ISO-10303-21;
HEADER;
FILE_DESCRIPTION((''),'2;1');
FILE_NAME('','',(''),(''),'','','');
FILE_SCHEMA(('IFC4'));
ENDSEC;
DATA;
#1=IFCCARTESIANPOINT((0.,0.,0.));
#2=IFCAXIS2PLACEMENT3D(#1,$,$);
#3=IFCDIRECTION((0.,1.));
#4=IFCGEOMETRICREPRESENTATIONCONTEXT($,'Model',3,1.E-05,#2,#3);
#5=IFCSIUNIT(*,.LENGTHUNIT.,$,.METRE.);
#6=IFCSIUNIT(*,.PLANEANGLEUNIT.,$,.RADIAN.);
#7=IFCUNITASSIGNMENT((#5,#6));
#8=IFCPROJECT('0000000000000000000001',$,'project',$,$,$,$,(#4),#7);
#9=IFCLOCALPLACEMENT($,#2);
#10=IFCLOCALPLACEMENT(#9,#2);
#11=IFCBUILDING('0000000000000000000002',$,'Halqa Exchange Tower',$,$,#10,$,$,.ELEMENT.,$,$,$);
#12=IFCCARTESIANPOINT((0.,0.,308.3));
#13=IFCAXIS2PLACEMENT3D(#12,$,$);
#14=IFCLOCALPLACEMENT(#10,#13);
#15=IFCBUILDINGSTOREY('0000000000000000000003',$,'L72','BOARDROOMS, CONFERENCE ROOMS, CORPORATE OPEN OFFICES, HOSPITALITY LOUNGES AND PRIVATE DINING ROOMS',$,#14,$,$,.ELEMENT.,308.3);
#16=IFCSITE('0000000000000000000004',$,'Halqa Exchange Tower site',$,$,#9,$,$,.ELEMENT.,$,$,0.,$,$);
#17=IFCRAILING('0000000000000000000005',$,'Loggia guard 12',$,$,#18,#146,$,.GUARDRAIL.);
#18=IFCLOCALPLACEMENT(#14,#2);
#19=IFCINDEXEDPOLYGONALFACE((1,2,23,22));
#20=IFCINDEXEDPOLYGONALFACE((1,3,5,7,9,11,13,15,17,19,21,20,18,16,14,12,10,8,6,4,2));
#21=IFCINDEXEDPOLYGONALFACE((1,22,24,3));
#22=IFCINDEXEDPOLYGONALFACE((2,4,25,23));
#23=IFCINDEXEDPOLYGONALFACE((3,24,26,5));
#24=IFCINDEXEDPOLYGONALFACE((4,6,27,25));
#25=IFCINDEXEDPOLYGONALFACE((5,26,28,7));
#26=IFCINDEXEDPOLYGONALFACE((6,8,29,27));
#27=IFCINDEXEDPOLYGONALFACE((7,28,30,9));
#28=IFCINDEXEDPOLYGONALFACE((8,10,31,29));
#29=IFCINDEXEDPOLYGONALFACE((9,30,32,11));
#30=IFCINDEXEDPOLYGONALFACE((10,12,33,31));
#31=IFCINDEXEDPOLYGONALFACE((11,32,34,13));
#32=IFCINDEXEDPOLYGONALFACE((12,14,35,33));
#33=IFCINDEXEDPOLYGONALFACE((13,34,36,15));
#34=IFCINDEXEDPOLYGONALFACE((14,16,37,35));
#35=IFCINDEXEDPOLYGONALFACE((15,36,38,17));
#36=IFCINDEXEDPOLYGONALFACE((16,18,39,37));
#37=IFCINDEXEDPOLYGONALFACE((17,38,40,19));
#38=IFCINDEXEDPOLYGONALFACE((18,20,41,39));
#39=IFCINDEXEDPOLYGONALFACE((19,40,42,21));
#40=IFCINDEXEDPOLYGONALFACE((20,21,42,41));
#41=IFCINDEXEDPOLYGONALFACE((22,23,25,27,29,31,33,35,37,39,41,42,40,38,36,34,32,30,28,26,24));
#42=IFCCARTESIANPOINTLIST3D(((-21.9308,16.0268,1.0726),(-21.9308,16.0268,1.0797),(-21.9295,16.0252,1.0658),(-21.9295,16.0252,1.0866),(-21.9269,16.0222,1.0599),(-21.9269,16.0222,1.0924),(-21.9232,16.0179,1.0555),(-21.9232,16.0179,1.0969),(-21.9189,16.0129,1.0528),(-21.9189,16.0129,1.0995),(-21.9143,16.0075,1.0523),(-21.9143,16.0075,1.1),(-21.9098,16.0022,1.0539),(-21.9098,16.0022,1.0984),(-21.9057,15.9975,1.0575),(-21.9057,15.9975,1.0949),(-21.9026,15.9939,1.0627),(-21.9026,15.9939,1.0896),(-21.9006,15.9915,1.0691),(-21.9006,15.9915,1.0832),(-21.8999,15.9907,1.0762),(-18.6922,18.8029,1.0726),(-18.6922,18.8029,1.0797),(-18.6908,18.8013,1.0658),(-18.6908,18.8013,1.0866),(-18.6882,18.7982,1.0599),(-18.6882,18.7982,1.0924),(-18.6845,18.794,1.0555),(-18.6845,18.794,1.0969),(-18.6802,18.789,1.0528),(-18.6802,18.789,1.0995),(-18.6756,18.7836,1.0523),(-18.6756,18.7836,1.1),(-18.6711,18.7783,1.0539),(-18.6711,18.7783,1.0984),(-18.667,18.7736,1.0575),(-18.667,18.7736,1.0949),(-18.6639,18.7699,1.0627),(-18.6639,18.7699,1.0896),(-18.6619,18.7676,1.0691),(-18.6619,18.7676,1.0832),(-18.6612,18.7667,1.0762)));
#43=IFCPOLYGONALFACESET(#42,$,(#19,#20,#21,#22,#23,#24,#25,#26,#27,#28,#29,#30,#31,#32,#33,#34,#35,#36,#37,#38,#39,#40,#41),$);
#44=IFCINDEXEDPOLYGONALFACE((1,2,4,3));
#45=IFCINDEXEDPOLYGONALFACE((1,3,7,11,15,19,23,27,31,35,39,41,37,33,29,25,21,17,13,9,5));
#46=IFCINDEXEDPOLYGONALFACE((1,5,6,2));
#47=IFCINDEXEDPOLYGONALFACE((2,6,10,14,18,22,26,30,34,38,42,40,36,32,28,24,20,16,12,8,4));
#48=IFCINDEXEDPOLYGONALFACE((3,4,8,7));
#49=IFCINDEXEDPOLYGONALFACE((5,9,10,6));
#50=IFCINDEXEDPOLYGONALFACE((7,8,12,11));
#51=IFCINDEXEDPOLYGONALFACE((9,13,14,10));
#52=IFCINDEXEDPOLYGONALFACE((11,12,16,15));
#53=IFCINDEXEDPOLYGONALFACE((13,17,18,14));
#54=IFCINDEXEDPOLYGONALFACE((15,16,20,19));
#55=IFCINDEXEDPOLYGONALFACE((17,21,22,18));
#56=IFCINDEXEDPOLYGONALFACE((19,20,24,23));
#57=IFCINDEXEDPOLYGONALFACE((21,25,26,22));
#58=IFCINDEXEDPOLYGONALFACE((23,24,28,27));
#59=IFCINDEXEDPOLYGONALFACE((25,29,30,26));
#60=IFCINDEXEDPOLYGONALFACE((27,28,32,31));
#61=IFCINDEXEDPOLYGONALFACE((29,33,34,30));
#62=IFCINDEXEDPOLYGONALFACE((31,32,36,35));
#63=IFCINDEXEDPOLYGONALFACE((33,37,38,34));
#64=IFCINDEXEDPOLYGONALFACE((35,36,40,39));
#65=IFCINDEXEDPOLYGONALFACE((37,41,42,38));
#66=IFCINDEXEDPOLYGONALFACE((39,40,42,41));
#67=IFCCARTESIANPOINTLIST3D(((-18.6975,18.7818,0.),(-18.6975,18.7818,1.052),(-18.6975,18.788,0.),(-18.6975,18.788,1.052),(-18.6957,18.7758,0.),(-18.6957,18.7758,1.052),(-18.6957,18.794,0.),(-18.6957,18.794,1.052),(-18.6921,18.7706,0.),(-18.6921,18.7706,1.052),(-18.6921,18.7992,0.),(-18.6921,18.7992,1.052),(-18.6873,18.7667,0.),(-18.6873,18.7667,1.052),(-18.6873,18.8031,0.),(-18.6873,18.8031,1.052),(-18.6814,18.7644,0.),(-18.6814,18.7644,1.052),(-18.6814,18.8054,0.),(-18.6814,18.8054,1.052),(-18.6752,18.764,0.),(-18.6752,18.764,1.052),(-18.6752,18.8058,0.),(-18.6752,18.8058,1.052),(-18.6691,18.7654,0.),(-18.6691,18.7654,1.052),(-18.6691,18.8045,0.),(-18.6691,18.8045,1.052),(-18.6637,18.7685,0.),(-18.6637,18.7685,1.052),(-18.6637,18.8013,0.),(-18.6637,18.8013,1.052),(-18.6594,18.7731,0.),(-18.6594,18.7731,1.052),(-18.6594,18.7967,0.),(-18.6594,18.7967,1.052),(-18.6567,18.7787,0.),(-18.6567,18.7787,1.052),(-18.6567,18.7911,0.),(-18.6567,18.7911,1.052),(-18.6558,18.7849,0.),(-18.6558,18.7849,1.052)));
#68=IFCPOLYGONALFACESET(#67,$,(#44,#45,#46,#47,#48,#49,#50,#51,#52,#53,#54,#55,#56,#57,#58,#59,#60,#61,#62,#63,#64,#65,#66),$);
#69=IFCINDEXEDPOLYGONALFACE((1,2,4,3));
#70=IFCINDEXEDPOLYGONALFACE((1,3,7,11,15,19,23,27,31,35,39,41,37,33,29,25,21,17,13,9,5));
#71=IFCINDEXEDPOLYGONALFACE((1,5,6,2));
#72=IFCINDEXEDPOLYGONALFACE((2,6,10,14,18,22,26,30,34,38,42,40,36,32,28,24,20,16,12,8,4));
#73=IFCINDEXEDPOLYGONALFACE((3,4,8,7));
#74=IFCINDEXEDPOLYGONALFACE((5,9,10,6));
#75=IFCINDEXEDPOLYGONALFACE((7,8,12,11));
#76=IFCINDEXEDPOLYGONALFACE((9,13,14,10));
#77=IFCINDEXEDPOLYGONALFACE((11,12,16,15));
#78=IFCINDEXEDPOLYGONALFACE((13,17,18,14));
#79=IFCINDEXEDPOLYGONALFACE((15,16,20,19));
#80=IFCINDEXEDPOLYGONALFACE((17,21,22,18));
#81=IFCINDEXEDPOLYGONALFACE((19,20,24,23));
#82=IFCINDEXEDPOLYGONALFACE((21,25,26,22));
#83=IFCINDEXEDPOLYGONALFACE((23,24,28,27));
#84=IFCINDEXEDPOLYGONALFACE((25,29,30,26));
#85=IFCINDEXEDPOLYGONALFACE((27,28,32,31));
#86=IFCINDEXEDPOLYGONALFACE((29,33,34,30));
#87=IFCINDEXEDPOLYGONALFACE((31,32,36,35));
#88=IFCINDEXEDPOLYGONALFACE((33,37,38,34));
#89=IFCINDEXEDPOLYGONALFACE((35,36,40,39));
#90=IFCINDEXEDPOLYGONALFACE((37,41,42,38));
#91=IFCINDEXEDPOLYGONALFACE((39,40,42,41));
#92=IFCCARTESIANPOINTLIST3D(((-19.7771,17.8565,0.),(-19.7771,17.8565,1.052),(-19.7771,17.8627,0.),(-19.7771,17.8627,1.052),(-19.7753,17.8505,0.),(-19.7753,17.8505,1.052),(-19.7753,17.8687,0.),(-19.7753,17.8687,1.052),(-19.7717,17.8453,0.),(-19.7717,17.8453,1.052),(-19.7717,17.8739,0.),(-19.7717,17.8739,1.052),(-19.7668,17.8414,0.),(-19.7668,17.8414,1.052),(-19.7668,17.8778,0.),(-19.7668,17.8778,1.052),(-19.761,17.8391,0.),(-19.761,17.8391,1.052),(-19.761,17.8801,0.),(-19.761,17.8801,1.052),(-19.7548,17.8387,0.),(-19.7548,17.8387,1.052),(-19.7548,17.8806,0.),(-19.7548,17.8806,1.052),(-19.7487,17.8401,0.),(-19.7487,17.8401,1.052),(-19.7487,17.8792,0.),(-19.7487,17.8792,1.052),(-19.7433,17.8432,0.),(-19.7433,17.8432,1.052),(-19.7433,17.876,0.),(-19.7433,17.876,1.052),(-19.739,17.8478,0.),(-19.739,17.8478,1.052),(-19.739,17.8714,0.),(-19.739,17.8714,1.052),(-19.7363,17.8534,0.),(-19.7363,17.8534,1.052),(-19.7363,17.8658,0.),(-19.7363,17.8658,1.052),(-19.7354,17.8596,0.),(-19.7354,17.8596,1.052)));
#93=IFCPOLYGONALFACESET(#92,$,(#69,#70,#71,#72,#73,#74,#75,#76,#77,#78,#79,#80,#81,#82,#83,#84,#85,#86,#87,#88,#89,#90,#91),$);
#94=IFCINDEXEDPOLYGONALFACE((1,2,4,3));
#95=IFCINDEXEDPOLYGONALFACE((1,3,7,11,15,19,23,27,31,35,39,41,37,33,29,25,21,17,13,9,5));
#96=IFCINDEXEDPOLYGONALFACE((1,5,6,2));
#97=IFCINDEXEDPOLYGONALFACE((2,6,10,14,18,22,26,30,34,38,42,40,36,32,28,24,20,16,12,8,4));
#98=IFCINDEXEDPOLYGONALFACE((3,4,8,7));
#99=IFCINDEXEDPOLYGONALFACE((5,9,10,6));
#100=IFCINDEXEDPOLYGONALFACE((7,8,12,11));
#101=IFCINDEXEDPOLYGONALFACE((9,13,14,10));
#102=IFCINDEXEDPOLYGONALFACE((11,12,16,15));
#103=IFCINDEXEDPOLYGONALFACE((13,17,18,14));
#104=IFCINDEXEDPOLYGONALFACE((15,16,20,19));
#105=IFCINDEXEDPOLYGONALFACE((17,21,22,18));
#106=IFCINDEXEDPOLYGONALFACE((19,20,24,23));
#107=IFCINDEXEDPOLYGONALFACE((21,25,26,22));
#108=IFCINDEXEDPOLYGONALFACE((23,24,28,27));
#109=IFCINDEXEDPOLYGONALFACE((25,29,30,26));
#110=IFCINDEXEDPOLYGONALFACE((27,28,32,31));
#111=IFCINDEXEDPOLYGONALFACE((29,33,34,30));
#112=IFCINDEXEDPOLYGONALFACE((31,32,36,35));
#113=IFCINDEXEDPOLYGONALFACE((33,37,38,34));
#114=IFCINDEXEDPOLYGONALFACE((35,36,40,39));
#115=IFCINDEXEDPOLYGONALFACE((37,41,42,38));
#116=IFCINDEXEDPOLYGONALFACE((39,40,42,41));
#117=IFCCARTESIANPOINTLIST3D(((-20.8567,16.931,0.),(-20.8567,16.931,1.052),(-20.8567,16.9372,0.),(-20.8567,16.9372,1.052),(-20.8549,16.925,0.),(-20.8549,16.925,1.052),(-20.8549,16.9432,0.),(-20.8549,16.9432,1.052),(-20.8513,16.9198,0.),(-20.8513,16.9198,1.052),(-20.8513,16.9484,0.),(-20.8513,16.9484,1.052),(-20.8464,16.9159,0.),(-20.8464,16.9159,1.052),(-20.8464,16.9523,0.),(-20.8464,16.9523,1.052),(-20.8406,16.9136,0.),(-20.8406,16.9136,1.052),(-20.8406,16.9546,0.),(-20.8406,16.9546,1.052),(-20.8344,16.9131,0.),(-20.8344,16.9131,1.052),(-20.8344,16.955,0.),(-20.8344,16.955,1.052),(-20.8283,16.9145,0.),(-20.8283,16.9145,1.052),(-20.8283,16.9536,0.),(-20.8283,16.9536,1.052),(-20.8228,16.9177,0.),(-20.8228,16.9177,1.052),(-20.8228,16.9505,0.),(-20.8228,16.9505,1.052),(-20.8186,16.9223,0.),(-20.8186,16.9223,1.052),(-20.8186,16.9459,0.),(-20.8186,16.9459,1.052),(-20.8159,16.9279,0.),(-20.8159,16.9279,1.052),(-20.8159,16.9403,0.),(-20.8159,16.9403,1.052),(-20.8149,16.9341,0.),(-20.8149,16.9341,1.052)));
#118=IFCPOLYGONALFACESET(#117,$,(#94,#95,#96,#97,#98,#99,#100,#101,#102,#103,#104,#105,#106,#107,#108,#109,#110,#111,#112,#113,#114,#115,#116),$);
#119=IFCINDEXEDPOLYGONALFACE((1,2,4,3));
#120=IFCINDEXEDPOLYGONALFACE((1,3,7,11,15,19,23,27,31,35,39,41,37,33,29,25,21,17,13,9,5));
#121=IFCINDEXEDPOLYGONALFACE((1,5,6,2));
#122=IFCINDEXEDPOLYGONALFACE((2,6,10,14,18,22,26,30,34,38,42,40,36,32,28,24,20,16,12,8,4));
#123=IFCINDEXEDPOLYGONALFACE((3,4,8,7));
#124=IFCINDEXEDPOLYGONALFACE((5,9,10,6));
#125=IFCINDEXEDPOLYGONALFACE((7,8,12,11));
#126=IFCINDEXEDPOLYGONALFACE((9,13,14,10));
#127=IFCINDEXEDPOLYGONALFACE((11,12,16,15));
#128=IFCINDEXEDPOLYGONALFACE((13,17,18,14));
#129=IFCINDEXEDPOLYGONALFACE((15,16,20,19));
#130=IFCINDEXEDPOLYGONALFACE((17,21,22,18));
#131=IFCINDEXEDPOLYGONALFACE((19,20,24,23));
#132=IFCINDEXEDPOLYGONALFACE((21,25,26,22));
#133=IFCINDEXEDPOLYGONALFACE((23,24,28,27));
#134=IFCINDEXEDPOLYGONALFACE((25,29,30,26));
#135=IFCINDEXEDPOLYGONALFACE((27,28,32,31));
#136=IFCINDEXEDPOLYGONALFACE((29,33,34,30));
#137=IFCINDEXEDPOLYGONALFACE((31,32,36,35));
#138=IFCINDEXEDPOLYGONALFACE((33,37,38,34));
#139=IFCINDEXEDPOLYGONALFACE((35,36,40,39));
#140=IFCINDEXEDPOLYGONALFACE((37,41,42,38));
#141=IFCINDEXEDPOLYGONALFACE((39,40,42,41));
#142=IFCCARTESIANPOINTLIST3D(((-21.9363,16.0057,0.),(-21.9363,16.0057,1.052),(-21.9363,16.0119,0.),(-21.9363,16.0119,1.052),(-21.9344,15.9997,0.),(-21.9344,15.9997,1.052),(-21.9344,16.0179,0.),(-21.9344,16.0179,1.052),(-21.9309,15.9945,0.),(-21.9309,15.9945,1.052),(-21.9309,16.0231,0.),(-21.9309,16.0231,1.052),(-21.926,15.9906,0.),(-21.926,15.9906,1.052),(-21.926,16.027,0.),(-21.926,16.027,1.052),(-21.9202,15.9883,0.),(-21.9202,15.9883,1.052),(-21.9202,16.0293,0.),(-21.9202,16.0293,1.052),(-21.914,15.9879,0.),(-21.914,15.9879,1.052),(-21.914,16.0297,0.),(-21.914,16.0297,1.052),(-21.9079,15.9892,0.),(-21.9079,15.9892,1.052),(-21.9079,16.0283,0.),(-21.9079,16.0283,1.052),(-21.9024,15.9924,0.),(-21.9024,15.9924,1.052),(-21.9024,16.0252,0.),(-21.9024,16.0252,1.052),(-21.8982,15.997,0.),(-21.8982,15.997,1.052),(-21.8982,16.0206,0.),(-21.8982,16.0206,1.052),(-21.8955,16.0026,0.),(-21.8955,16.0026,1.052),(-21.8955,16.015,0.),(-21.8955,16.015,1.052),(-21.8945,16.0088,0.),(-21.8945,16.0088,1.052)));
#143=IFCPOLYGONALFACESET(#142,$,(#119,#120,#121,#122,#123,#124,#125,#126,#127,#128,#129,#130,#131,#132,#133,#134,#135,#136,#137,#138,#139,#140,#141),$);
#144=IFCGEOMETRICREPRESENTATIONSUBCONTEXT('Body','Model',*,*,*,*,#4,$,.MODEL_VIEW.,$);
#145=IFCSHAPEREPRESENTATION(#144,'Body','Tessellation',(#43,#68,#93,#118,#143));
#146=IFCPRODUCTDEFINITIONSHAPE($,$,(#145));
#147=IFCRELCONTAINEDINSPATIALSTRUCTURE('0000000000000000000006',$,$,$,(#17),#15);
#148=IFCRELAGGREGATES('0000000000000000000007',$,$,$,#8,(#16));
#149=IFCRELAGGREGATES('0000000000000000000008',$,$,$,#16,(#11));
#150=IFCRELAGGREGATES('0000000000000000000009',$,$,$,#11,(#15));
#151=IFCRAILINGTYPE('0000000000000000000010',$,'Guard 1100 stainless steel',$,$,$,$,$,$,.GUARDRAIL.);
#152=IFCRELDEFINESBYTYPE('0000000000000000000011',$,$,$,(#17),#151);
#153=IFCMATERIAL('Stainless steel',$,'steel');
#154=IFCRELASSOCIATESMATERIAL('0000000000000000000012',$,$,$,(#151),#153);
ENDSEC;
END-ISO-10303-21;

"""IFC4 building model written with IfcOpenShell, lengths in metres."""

from ifc_helpers import new_model, si_unit, direction, frame, origin, origin_2d, place, context, subcontext, project, spatial, circle, extrude, material, type_object, element, save


model = new_model("IFC4")

# Units and contexts
model_context = context("Model", 3, precision=1e-05, world=origin(), true_north=direction((0.0, 1.0)))
body_context = subcontext(model_context, "Body", "Model", "MODEL_VIEW")
ifc_project = project(units=[si_unit("LENGTHUNIT", "METRE"), si_unit("PLANEANGLEUNIT", "RADIAN")], contexts=[model_context])

# Site, building, storey
site_placement = place(None, origin())
site = spatial("IfcSite", under=ifc_project, at=site_placement, Name="Halqa Exchange Tower site", CompositionType="ELEMENT", RefElevation=0.0)
building_placement = place(site_placement, origin())
building = spatial("IfcBuilding", under=site, at=building_placement, Name="Halqa Exchange Tower", CompositionType="ELEMENT")
storey_placement = place(building_placement, frame((0.0, 0.0, 308.3)))
storey = spatial("IfcBuildingStorey", under=building, at=storey_placement, Name="L72", Description="BOARDROOMS, CONFERENCE ROOMS, CORPORATE OPEN OFFICES, HOSPITALITY LOUNGES AND PRIVATE DINING ROOMS", CompositionType="ELEMENT", Elevation=308.3)

# Railing
ifc_material_1 = material(Name="Stainless steel", Category="steel")
railing_type = type_object("IfcRailingType", Name="Guard 1100 stainless steel", PredefinedType="GUARDRAIL", material=ifc_material_1)
railing_1_placement = place(storey_placement, frame((-18.6768, 18.7849, 0.0)))
element("IfcRailing", 1, at=railing_1_placement, inside=storey, type_object=railing_type, Name="Loggia guard 12", PredefinedType="GUARDRAIL", context=body_context, shape_type="SweptSolid", body=[
    extrude(circle(Radius=0.0239, at=origin_2d()), frame((0.0, 0.0, 1.0762), z_axis=(-0.759253, -0.650796, 0.0), x_axis=(0.650796, -0.759253, 0.0)), (0.0, 0.0, 1.0), 4.2656),
    extrude(circle(Radius=0.021, at=origin_2d()), origin(), (0.0, 0.0, 1.0), 1.052),
    extrude(circle(Radius=0.021, at=origin_2d()), frame((-1.0796, -0.9253, 0.0)), (0.0, 0.0, 1.0), 1.052),
    extrude(circle(Radius=0.021, at=origin_2d()), frame((-2.1592, -1.8508, 0.0)), (0.0, 0.0, 1.0), 1.052),
    extrude(circle(Radius=0.021, at=origin_2d()), frame((-3.2388, -2.7761, 0.0)), (0.0, 0.0, 1.0), 1.052),
])

save(model, "model.ifc")
